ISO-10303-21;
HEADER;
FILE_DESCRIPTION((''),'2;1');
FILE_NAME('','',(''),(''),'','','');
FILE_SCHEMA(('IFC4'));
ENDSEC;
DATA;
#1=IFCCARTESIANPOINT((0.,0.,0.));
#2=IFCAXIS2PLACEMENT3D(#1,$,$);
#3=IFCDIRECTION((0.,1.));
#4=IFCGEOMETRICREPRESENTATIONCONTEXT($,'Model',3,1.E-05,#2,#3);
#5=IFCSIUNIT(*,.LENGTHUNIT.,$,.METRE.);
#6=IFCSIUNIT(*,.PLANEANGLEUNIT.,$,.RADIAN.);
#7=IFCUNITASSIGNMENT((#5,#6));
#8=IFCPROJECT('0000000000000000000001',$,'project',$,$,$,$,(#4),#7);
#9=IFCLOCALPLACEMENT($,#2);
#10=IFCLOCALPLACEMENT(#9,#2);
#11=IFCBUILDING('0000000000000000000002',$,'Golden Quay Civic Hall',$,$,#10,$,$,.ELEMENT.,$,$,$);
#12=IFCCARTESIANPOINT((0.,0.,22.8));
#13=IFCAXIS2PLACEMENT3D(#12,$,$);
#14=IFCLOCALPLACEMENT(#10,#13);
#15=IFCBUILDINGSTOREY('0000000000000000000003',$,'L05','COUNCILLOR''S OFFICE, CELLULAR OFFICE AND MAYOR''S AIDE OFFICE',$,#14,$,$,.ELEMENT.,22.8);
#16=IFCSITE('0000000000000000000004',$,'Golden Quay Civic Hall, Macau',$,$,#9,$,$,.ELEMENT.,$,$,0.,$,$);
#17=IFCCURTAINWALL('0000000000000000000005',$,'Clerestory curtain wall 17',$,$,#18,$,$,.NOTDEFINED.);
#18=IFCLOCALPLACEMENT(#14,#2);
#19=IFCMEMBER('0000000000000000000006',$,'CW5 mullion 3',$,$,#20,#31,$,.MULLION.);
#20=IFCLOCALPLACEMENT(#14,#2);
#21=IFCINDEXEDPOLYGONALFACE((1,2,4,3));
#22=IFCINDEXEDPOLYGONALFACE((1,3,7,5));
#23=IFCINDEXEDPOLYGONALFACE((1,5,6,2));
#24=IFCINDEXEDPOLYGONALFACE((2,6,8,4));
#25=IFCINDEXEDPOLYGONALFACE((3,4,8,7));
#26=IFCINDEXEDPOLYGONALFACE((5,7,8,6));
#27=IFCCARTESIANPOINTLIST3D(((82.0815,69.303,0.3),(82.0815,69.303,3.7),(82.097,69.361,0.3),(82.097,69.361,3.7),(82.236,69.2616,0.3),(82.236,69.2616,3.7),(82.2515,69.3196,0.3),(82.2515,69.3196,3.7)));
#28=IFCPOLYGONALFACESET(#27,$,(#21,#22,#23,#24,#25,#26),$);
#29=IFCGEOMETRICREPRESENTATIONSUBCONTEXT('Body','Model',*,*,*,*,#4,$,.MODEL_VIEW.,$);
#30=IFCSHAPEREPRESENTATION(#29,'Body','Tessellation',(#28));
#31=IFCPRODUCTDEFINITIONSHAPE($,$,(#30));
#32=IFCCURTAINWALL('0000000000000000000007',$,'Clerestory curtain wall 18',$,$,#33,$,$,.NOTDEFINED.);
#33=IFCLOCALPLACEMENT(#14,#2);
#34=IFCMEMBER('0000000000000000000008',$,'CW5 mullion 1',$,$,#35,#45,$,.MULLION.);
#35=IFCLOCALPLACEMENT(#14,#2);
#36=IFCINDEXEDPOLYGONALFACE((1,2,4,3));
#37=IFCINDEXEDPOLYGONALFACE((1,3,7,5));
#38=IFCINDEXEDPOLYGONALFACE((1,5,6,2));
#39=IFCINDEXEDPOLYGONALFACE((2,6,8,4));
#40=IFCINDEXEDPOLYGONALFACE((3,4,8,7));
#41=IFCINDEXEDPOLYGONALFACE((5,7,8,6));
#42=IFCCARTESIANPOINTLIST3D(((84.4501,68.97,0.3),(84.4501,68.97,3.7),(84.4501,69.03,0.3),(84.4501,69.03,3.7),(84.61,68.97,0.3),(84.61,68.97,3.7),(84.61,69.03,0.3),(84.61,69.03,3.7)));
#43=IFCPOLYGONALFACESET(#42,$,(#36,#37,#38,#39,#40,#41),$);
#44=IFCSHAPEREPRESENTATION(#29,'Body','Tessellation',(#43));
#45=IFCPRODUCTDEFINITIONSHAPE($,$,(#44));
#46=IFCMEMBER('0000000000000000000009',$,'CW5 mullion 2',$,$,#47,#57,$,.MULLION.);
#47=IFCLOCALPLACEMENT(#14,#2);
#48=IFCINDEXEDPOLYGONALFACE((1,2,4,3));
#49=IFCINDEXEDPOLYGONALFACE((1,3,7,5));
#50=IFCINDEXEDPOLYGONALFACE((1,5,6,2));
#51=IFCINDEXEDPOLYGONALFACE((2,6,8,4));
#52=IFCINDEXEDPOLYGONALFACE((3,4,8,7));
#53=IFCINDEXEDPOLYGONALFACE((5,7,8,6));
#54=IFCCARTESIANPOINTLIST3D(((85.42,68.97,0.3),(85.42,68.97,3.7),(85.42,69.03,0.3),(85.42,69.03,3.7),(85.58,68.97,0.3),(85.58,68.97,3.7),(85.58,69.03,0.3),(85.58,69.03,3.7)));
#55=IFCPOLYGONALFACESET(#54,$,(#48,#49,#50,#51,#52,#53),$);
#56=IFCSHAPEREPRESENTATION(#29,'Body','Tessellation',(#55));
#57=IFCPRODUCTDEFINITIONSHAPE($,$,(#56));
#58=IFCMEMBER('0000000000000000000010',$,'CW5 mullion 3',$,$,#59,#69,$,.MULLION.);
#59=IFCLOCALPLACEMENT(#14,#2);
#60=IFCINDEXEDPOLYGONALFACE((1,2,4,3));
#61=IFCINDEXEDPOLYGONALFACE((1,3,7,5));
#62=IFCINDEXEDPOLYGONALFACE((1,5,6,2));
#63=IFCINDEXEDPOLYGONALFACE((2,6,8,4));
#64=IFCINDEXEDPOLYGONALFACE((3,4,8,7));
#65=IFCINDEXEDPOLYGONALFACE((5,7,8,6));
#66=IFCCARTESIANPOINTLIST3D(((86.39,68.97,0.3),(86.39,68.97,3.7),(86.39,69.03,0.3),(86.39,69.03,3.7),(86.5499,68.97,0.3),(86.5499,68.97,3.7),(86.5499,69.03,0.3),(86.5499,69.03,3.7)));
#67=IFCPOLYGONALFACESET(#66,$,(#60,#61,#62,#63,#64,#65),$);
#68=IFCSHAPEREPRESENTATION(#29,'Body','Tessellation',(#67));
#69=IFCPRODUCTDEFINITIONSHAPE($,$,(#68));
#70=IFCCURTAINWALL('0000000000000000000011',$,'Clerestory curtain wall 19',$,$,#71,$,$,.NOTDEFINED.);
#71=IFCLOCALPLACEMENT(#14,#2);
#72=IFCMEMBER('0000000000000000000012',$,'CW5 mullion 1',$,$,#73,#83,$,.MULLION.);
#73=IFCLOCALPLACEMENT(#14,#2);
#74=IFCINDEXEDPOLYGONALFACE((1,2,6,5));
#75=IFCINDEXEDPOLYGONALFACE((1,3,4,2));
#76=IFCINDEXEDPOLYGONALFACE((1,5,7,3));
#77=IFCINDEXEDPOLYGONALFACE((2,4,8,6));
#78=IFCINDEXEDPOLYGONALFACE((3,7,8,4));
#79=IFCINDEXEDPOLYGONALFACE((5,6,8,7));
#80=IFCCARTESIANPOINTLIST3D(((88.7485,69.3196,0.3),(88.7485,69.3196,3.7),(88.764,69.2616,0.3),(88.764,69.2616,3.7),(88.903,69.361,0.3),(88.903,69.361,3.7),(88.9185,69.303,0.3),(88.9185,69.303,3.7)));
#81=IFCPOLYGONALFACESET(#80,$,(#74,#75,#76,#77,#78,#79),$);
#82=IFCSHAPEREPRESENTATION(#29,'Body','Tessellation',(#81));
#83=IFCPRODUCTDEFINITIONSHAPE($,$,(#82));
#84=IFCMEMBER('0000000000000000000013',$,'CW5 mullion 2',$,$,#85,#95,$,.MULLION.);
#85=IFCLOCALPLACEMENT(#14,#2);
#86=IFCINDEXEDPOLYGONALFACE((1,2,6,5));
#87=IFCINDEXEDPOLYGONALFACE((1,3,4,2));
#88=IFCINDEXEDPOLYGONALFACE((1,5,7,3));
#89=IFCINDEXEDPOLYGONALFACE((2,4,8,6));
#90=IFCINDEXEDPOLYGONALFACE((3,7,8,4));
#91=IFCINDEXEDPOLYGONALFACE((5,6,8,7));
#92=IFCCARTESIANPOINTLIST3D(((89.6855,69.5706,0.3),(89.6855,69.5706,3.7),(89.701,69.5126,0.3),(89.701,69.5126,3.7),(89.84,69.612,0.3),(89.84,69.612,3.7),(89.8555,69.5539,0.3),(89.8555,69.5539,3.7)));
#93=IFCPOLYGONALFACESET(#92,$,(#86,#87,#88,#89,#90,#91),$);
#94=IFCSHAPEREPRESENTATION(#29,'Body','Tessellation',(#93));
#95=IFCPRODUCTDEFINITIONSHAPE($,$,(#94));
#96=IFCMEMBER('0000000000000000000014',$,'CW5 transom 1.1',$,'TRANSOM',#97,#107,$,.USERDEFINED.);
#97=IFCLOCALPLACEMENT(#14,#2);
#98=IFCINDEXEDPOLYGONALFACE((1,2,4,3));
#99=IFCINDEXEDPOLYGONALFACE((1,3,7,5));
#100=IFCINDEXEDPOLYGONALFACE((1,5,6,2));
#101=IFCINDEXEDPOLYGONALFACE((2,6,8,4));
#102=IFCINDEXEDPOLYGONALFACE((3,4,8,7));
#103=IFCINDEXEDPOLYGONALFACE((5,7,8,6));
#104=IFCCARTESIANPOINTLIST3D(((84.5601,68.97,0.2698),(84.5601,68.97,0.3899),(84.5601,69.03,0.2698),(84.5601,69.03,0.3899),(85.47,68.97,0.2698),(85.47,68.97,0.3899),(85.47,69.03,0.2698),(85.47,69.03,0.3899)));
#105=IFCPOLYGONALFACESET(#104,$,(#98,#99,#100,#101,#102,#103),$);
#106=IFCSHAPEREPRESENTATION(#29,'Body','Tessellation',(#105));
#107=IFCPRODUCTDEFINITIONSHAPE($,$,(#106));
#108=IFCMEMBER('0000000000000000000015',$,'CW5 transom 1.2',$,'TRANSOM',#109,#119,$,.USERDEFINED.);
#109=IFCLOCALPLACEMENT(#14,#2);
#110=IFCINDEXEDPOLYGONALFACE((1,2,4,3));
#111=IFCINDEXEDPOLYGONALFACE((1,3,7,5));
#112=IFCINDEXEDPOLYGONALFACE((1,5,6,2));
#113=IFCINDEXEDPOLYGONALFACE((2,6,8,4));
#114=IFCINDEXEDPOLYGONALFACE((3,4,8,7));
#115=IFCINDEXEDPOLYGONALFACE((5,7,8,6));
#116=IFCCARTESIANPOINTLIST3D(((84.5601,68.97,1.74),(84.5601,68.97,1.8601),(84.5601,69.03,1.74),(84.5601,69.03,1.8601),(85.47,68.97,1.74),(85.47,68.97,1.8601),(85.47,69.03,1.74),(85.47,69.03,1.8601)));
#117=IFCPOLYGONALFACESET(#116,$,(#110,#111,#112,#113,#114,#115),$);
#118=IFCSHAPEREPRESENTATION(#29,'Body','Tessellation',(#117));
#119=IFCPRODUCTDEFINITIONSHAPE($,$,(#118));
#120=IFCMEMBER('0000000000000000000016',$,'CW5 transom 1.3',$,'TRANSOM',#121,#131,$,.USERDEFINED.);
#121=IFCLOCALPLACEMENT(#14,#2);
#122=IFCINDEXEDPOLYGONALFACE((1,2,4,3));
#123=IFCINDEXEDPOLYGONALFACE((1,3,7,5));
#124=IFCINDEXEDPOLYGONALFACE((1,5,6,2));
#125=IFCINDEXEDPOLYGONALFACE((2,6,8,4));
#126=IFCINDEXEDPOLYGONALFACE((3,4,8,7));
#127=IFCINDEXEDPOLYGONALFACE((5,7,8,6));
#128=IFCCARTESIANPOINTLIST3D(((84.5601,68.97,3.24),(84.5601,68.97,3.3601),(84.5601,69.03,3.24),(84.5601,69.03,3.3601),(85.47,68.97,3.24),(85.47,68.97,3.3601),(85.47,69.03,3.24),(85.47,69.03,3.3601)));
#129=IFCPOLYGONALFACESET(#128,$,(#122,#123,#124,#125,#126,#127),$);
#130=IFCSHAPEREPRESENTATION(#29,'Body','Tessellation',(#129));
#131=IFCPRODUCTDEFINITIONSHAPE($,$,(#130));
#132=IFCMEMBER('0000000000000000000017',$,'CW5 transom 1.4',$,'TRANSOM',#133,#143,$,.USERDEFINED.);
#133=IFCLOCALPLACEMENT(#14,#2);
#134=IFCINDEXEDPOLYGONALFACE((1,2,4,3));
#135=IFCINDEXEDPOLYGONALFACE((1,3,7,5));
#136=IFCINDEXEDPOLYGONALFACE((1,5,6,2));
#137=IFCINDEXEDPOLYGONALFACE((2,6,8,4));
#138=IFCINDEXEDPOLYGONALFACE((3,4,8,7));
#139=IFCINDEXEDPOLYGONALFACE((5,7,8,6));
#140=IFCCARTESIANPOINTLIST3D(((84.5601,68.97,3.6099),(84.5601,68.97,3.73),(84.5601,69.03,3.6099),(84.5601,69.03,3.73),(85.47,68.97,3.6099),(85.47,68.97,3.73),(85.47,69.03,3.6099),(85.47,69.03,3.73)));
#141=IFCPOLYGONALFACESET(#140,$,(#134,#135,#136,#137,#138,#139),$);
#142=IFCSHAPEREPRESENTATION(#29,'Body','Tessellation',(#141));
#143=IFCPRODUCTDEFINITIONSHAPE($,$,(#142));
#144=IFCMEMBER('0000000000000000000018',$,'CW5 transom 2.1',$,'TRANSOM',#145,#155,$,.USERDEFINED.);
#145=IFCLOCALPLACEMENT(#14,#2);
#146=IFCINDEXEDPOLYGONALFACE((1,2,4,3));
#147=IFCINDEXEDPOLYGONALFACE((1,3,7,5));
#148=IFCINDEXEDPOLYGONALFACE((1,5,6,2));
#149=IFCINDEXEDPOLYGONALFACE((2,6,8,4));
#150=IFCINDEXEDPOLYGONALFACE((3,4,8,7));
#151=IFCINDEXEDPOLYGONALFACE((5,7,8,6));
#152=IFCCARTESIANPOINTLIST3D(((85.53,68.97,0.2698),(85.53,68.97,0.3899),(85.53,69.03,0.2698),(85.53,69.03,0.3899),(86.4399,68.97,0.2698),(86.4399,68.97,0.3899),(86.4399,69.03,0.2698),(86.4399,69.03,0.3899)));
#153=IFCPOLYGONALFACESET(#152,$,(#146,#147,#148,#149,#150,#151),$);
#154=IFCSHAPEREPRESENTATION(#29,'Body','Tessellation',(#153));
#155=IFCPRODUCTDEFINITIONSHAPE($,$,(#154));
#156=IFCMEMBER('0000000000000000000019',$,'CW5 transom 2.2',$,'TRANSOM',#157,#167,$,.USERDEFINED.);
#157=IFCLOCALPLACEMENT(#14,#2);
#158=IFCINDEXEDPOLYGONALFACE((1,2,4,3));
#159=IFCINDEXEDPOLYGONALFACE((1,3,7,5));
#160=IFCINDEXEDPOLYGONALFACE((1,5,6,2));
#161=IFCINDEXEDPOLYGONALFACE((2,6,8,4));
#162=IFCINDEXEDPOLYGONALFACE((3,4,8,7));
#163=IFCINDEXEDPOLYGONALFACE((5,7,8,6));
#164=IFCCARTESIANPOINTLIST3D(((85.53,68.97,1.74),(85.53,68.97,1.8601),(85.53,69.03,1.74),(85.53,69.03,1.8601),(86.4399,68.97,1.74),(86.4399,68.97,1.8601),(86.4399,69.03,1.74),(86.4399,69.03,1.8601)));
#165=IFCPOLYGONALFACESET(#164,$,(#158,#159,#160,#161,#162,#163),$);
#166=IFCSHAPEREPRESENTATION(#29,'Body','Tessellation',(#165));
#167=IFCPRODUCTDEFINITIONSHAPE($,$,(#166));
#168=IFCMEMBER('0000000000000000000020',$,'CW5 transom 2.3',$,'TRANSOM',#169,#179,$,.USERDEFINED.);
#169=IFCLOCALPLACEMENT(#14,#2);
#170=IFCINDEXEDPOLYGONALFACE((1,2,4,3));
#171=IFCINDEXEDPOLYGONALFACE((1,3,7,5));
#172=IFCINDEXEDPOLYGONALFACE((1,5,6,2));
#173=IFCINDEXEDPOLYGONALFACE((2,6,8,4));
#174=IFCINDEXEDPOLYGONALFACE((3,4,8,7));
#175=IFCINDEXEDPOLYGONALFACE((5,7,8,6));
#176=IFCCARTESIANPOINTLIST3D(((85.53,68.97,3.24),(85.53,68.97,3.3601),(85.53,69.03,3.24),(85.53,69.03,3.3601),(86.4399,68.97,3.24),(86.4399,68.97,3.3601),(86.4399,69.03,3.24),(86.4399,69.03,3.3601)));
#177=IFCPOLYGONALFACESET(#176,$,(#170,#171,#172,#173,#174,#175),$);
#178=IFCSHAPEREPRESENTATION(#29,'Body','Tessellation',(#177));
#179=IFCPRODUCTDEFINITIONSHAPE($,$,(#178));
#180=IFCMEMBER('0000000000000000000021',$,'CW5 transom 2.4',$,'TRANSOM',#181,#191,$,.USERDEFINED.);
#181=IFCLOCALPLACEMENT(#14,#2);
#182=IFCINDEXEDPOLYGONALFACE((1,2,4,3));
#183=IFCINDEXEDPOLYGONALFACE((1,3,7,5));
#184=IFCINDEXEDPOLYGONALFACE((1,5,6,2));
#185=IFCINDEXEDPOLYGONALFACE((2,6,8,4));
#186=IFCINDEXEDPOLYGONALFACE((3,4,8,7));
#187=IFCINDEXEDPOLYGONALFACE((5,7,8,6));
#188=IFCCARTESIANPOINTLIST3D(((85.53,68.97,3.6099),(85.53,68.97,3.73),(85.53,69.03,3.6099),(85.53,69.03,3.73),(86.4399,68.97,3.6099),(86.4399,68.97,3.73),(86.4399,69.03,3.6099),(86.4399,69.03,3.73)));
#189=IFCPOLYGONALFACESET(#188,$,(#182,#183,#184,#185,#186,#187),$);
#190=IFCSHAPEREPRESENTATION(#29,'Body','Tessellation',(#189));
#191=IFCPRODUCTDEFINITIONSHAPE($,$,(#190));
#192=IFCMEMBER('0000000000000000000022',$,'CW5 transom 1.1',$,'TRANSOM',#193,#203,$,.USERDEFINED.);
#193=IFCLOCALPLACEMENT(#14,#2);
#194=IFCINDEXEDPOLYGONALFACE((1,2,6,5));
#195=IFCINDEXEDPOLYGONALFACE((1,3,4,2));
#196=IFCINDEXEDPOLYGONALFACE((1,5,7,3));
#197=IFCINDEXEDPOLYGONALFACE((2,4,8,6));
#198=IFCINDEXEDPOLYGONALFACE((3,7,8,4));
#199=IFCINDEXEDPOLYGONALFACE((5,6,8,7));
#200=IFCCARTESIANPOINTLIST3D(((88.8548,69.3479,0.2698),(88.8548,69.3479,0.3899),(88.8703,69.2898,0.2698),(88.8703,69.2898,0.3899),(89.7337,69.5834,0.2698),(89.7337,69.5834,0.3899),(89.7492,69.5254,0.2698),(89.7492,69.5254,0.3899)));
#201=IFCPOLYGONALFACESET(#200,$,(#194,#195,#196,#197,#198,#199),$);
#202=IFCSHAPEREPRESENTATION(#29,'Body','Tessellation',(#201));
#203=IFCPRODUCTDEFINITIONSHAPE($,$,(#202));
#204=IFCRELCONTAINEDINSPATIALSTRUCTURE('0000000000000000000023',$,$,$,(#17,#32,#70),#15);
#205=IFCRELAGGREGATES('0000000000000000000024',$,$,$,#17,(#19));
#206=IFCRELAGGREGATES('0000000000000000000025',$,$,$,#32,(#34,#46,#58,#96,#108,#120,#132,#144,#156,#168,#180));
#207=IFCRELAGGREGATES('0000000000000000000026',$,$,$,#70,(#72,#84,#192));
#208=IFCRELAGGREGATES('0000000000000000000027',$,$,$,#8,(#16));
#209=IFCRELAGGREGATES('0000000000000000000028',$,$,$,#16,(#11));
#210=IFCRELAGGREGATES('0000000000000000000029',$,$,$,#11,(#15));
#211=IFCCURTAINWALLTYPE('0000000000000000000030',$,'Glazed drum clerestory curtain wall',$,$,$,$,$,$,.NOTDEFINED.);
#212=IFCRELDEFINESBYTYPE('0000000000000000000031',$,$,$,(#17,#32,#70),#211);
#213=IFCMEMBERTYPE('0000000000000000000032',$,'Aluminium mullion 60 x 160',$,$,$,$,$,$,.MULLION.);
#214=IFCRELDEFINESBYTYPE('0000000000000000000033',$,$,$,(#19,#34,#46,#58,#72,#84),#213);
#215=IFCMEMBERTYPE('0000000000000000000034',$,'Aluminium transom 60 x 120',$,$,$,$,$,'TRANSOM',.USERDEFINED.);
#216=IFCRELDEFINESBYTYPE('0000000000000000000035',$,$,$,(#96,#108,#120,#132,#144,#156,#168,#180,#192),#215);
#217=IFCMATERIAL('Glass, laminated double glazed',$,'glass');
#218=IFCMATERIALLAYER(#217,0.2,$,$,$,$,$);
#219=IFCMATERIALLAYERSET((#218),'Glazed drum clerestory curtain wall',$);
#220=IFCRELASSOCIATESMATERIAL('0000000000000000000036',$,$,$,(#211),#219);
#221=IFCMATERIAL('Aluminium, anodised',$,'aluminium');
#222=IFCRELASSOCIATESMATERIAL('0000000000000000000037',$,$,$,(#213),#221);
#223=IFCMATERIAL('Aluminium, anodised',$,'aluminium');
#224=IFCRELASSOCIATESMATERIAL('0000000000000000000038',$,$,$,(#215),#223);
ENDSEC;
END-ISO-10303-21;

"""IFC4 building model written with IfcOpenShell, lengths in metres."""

from ifc_helpers import new_model, si_unit, direction, frame, origin, origin_2d, place, context, subcontext, project, spatial, rectangle, extrude, material, layer, layer_set, material_profile, profile_set, type_object, element, aggregate, save


model = new_model("IFC4")

# Units and contexts
model_context = context("Model", 3, precision=1e-05, world=origin(), true_north=direction((0.0, 1.0)))
body_context = subcontext(model_context, "Body", "Model", "MODEL_VIEW")
ifc_project = project(units=[si_unit("LENGTHUNIT", "METRE"), si_unit("PLANEANGLEUNIT", "RADIAN")], contexts=[model_context])

# Site, building, storey
site_placement = place(None, origin())
site = spatial("IfcSite", under=ifc_project, at=site_placement, Name="Golden Quay Civic Hall, Macau", CompositionType="ELEMENT", RefElevation=0.0)
building_placement = place(site_placement, origin())
building = spatial("IfcBuilding", under=site, at=building_placement, Name="Golden Quay Civic Hall", CompositionType="ELEMENT")
storey_placement = place(building_placement, frame((0.0, 0.0, 22.8)))
storey = spatial("IfcBuildingStorey", under=building, at=storey_placement, Name="L05", Description="COUNCILLOR'S OFFICE, CELLULAR OFFICE AND MAYOR'S AIDE OFFICE", CompositionType="ELEMENT", Elevation=22.8)

# Curtain wall, member
ifc_material_1 = material(Name="Glass, laminated double glazed", Category="glass")
ifc_layer_1 = layer(ifc_material_1, 0.2)
ifc_layer_set_1 = layer_set([ifc_layer_1], Name="Glazed drum clerestory curtain wall")
curtain_wall_type = type_object("IfcCurtainWallType", Name="Glazed drum clerestory curtain wall", PredefinedType="NOTDEFINED", material=ifc_layer_set_1)
curtain_wall_1_placement = place(storey_placement, origin())
curtain_wall_1 = element("IfcCurtainWall", 1, at=curtain_wall_1_placement, inside=storey, type_object=curtain_wall_type, Name="Clerestory curtain wall 17", PredefinedType="NOTDEFINED")
ifc_material_2 = material(Name="Aluminium, anodised", Category="aluminium")
ifc_material_profile_1 = material_profile(ifc_material_2, rectangle(XDim=0.0601, YDim=0.1599, at=origin_2d()), Name="Aluminium 60 x 160")
ifc_profile_set_1 = profile_set([ifc_material_profile_1], Name="Aluminium, anodised")
member_type_1 = type_object("IfcMemberType", Name="Aluminium mullion 60 x 160", PredefinedType="MULLION", material=ifc_profile_set_1)
member_1_placement = place(storey_placement, frame((82.1665, 69.3113, 0.3), z_axis=(0.0, 0.0, 1.0), x_axis=(0.258808, 0.965929, 0.0)))
member_1 = element("IfcMember", 2, at=member_1_placement, type_object=member_type_1, Name="CW5 mullion 3", PredefinedType="MULLION", context=body_context, shape_type="SweptSolid", body=[
    extrude(rectangle(XDim=0.0601, YDim=0.1599, at=origin_2d()), origin(), (0.0, 0.0, 1.0), 3.3999),
])
aggregate(curtain_wall_1, [member_1])

# Curtain walls, members
curtain_wall_2_placement = place(storey_placement, origin())
curtain_wall_2 = element("IfcCurtainWall", 3, at=curtain_wall_2_placement, inside=storey, type_object=curtain_wall_type, Name="Clerestory curtain wall 18", PredefinedType="NOTDEFINED")
member_2_placement = place(storey_placement, frame((84.53, 69.0, 0.3), z_axis=(0.0, 0.0, 1.0), x_axis=(0.0, 1.0, 0.0)))
member_2 = element("IfcMember", 4, at=member_2_placement, type_object=member_type_1, Name="CW5 mullion 1", PredefinedType="MULLION", context=body_context, shape_type="SweptSolid", body=[
    extrude(rectangle(XDim=0.0601, YDim=0.1599, at=origin_2d()), origin(), (0.0, 0.0, 1.0), 3.3999),
])
member_3_placement = place(storey_placement, frame((85.5, 69.0, 0.3), z_axis=(0.0, 0.0, 1.0), x_axis=(0.0, 1.0, 0.0)))
member_3 = element("IfcMember", 5, at=member_3_placement, type_object=member_type_1, Name="CW5 mullion 2", PredefinedType="MULLION", context=body_context, shape_type="SweptSolid", body=[
    extrude(rectangle(XDim=0.0601, YDim=0.1599, at=origin_2d()), origin(), (0.0, 0.0, 1.0), 3.3999),
])
member_4_placement = place(storey_placement, frame((86.47, 69.0, 0.3), z_axis=(0.0, 0.0, 1.0), x_axis=(0.0, 1.0, 0.0)))
member_4 = element("IfcMember", 6, at=member_4_placement, type_object=member_type_1, Name="CW5 mullion 3", PredefinedType="MULLION", context=body_context, shape_type="SweptSolid", body=[
    extrude(rectangle(XDim=0.0601, YDim=0.1599, at=origin_2d()), origin(), (0.0, 0.0, 1.0), 3.3999),
])
curtain_wall_3_placement = place(storey_placement, origin())
curtain_wall_3 = element("IfcCurtainWall", 7, at=curtain_wall_3_placement, inside=storey, type_object=curtain_wall_type, Name="Clerestory curtain wall 19", PredefinedType="NOTDEFINED")
member_5_placement = place(storey_placement, frame((88.8335, 69.3113, 0.3), z_axis=(0.0, 0.0, 1.0), x_axis=(-0.258808, 0.965929, 0.0)))
member_5 = element("IfcMember", 8, at=member_5_placement, type_object=member_type_1, Name="CW5 mullion 1", PredefinedType="MULLION", context=body_context, shape_type="SweptSolid", body=[
    extrude(rectangle(XDim=0.0601, YDim=0.1599, at=origin_2d()), origin(), (0.0, 0.0, 1.0), 3.3999),
])
member_6_placement = place(storey_placement, frame((89.7705, 69.5623, 0.3), z_axis=(0.0, 0.0, 1.0), x_axis=(-0.258808, 0.965929, 0.0)))
member_6 = element("IfcMember", 9, at=member_6_placement, type_object=member_type_1, Name="CW5 mullion 2", PredefinedType="MULLION", context=body_context, shape_type="SweptSolid", body=[
    extrude(rectangle(XDim=0.0601, YDim=0.1599, at=origin_2d()), origin(), (0.0, 0.0, 1.0), 3.3999),
])

# Members
ifc_material_3 = material(Name="Aluminium, anodised", Category="aluminium")
ifc_material_profile_2 = material_profile(ifc_material_3, rectangle(XDim=0.0601, YDim=0.1201, at=origin_2d()), Name="Aluminium 60 x 120")
ifc_profile_set_2 = profile_set([ifc_material_profile_2], Name="Aluminium, anodised")
member_type_2 = type_object("IfcMemberType", Name="Aluminium transom 60 x 120", ElementType="TRANSOM", PredefinedType="USERDEFINED", material=ifc_profile_set_2)
member_7_placement = place(storey_placement, frame((84.5601, 69.0, 0.3298), z_axis=(1.0, 0.0, 0.0), x_axis=(0.0, 1.0, 0.0)))
member_7 = element("IfcMember", 10, at=member_7_placement, type_object=member_type_2, Name="CW5 transom 1.1", ObjectType="TRANSOM", PredefinedType="USERDEFINED", context=body_context, shape_type="SweptSolid", body=[
    extrude(rectangle(XDim=0.0601, YDim=0.1201, at=origin_2d()), origin(), (0.0, 0.0, 1.0), 0.9099),
])
member_8_placement = place(storey_placement, frame((84.5601, 69.0, 1.8), z_axis=(1.0, 0.0, 0.0), x_axis=(0.0, 1.0, 0.0)))
member_8 = element("IfcMember", 11, at=member_8_placement, type_object=member_type_2, Name="CW5 transom 1.2", ObjectType="TRANSOM", PredefinedType="USERDEFINED", context=body_context, shape_type="SweptSolid", body=[
    extrude(rectangle(XDim=0.0601, YDim=0.1201, at=origin_2d()), origin(), (0.0, 0.0, 1.0), 0.9099),
])
member_9_placement = place(storey_placement, frame((84.5601, 69.0, 3.3), z_axis=(1.0, 0.0, 0.0), x_axis=(0.0, 1.0, 0.0)))
member_9 = element("IfcMember", 12, at=member_9_placement, type_object=member_type_2, Name="CW5 transom 1.3", ObjectType="TRANSOM", PredefinedType="USERDEFINED", context=body_context, shape_type="SweptSolid", body=[
    extrude(rectangle(XDim=0.0601, YDim=0.1201, at=origin_2d()), origin(), (0.0, 0.0, 1.0), 0.9099),
])
member_10_placement = place(storey_placement, frame((84.5601, 69.0, 3.6699), z_axis=(1.0, 0.0, 0.0), x_axis=(0.0, 1.0, 0.0)))
member_10 = element("IfcMember", 13, at=member_10_placement, type_object=member_type_2, Name="CW5 transom 1.4", ObjectType="TRANSOM", PredefinedType="USERDEFINED", context=body_context, shape_type="SweptSolid", body=[
    extrude(rectangle(XDim=0.0601, YDim=0.1201, at=origin_2d()), origin(), (0.0, 0.0, 1.0), 0.9099),
])
member_11_placement = place(storey_placement, frame((85.53, 69.0, 0.3298), z_axis=(1.0, 0.0, 0.0), x_axis=(0.0, 1.0, 0.0)))
member_11 = element("IfcMember", 14, at=member_11_placement, type_object=member_type_2, Name="CW5 transom 2.1", ObjectType="TRANSOM", PredefinedType="USERDEFINED", context=body_context, shape_type="SweptSolid", body=[
    extrude(rectangle(XDim=0.0601, YDim=0.1201, at=origin_2d()), origin(), (0.0, 0.0, 1.0), 0.9099),
])
member_12_placement = place(storey_placement, frame((85.53, 69.0, 1.8), z_axis=(1.0, 0.0, 0.0), x_axis=(0.0, 1.0, 0.0)))
member_12 = element("IfcMember", 15, at=member_12_placement, type_object=member_type_2, Name="CW5 transom 2.2", ObjectType="TRANSOM", PredefinedType="USERDEFINED", context=body_context, shape_type="SweptSolid", body=[
    extrude(rectangle(XDim=0.0601, YDim=0.1201, at=origin_2d()), origin(), (0.0, 0.0, 1.0), 0.9099),
])
member_13_placement = place(storey_placement, frame((85.53, 69.0, 3.3), z_axis=(1.0, 0.0, 0.0), x_axis=(0.0, 1.0, 0.0)))
member_13 = element("IfcMember", 16, at=member_13_placement, type_object=member_type_2, Name="CW5 transom 2.3", ObjectType="TRANSOM", PredefinedType="USERDEFINED", context=body_context, shape_type="SweptSolid", body=[
    extrude(rectangle(XDim=0.0601, YDim=0.1201, at=origin_2d()), origin(), (0.0, 0.0, 1.0), 0.9099),
])
member_14_placement = place(storey_placement, frame((85.53, 69.0, 3.6699), z_axis=(1.0, 0.0, 0.0), x_axis=(0.0, 1.0, 0.0)))
member_14 = element("IfcMember", 17, at=member_14_placement, type_object=member_type_2, Name="CW5 transom 2.4", ObjectType="TRANSOM", PredefinedType="USERDEFINED", context=body_context, shape_type="SweptSolid", body=[
    extrude(rectangle(XDim=0.0601, YDim=0.1201, at=origin_2d()), origin(), (0.0, 0.0, 1.0), 0.9099),
])
member_15_placement = place(storey_placement, frame((88.8625, 69.3188, 0.3298), z_axis=(0.9659, 0.258915, 0.0), x_axis=(-0.258915, 0.9659, 0.0)))
member_15 = element("IfcMember", 18, at=member_15_placement, type_object=member_type_2, Name="CW5 transom 1.1", ObjectType="TRANSOM", PredefinedType="USERDEFINED", context=body_context, shape_type="SweptSolid", body=[
    extrude(rectangle(XDim=0.0601, YDim=0.1201, at=origin_2d()), origin(), (0.0, 0.0, 1.0), 0.9099),
])

aggregate(curtain_wall_2, [member_2, member_3, member_4, member_7, member_8, member_9, member_10, member_11, member_12, member_13, member_14])
aggregate(curtain_wall_3, [member_5, member_6, member_15])

save(model, "model.ifc")
